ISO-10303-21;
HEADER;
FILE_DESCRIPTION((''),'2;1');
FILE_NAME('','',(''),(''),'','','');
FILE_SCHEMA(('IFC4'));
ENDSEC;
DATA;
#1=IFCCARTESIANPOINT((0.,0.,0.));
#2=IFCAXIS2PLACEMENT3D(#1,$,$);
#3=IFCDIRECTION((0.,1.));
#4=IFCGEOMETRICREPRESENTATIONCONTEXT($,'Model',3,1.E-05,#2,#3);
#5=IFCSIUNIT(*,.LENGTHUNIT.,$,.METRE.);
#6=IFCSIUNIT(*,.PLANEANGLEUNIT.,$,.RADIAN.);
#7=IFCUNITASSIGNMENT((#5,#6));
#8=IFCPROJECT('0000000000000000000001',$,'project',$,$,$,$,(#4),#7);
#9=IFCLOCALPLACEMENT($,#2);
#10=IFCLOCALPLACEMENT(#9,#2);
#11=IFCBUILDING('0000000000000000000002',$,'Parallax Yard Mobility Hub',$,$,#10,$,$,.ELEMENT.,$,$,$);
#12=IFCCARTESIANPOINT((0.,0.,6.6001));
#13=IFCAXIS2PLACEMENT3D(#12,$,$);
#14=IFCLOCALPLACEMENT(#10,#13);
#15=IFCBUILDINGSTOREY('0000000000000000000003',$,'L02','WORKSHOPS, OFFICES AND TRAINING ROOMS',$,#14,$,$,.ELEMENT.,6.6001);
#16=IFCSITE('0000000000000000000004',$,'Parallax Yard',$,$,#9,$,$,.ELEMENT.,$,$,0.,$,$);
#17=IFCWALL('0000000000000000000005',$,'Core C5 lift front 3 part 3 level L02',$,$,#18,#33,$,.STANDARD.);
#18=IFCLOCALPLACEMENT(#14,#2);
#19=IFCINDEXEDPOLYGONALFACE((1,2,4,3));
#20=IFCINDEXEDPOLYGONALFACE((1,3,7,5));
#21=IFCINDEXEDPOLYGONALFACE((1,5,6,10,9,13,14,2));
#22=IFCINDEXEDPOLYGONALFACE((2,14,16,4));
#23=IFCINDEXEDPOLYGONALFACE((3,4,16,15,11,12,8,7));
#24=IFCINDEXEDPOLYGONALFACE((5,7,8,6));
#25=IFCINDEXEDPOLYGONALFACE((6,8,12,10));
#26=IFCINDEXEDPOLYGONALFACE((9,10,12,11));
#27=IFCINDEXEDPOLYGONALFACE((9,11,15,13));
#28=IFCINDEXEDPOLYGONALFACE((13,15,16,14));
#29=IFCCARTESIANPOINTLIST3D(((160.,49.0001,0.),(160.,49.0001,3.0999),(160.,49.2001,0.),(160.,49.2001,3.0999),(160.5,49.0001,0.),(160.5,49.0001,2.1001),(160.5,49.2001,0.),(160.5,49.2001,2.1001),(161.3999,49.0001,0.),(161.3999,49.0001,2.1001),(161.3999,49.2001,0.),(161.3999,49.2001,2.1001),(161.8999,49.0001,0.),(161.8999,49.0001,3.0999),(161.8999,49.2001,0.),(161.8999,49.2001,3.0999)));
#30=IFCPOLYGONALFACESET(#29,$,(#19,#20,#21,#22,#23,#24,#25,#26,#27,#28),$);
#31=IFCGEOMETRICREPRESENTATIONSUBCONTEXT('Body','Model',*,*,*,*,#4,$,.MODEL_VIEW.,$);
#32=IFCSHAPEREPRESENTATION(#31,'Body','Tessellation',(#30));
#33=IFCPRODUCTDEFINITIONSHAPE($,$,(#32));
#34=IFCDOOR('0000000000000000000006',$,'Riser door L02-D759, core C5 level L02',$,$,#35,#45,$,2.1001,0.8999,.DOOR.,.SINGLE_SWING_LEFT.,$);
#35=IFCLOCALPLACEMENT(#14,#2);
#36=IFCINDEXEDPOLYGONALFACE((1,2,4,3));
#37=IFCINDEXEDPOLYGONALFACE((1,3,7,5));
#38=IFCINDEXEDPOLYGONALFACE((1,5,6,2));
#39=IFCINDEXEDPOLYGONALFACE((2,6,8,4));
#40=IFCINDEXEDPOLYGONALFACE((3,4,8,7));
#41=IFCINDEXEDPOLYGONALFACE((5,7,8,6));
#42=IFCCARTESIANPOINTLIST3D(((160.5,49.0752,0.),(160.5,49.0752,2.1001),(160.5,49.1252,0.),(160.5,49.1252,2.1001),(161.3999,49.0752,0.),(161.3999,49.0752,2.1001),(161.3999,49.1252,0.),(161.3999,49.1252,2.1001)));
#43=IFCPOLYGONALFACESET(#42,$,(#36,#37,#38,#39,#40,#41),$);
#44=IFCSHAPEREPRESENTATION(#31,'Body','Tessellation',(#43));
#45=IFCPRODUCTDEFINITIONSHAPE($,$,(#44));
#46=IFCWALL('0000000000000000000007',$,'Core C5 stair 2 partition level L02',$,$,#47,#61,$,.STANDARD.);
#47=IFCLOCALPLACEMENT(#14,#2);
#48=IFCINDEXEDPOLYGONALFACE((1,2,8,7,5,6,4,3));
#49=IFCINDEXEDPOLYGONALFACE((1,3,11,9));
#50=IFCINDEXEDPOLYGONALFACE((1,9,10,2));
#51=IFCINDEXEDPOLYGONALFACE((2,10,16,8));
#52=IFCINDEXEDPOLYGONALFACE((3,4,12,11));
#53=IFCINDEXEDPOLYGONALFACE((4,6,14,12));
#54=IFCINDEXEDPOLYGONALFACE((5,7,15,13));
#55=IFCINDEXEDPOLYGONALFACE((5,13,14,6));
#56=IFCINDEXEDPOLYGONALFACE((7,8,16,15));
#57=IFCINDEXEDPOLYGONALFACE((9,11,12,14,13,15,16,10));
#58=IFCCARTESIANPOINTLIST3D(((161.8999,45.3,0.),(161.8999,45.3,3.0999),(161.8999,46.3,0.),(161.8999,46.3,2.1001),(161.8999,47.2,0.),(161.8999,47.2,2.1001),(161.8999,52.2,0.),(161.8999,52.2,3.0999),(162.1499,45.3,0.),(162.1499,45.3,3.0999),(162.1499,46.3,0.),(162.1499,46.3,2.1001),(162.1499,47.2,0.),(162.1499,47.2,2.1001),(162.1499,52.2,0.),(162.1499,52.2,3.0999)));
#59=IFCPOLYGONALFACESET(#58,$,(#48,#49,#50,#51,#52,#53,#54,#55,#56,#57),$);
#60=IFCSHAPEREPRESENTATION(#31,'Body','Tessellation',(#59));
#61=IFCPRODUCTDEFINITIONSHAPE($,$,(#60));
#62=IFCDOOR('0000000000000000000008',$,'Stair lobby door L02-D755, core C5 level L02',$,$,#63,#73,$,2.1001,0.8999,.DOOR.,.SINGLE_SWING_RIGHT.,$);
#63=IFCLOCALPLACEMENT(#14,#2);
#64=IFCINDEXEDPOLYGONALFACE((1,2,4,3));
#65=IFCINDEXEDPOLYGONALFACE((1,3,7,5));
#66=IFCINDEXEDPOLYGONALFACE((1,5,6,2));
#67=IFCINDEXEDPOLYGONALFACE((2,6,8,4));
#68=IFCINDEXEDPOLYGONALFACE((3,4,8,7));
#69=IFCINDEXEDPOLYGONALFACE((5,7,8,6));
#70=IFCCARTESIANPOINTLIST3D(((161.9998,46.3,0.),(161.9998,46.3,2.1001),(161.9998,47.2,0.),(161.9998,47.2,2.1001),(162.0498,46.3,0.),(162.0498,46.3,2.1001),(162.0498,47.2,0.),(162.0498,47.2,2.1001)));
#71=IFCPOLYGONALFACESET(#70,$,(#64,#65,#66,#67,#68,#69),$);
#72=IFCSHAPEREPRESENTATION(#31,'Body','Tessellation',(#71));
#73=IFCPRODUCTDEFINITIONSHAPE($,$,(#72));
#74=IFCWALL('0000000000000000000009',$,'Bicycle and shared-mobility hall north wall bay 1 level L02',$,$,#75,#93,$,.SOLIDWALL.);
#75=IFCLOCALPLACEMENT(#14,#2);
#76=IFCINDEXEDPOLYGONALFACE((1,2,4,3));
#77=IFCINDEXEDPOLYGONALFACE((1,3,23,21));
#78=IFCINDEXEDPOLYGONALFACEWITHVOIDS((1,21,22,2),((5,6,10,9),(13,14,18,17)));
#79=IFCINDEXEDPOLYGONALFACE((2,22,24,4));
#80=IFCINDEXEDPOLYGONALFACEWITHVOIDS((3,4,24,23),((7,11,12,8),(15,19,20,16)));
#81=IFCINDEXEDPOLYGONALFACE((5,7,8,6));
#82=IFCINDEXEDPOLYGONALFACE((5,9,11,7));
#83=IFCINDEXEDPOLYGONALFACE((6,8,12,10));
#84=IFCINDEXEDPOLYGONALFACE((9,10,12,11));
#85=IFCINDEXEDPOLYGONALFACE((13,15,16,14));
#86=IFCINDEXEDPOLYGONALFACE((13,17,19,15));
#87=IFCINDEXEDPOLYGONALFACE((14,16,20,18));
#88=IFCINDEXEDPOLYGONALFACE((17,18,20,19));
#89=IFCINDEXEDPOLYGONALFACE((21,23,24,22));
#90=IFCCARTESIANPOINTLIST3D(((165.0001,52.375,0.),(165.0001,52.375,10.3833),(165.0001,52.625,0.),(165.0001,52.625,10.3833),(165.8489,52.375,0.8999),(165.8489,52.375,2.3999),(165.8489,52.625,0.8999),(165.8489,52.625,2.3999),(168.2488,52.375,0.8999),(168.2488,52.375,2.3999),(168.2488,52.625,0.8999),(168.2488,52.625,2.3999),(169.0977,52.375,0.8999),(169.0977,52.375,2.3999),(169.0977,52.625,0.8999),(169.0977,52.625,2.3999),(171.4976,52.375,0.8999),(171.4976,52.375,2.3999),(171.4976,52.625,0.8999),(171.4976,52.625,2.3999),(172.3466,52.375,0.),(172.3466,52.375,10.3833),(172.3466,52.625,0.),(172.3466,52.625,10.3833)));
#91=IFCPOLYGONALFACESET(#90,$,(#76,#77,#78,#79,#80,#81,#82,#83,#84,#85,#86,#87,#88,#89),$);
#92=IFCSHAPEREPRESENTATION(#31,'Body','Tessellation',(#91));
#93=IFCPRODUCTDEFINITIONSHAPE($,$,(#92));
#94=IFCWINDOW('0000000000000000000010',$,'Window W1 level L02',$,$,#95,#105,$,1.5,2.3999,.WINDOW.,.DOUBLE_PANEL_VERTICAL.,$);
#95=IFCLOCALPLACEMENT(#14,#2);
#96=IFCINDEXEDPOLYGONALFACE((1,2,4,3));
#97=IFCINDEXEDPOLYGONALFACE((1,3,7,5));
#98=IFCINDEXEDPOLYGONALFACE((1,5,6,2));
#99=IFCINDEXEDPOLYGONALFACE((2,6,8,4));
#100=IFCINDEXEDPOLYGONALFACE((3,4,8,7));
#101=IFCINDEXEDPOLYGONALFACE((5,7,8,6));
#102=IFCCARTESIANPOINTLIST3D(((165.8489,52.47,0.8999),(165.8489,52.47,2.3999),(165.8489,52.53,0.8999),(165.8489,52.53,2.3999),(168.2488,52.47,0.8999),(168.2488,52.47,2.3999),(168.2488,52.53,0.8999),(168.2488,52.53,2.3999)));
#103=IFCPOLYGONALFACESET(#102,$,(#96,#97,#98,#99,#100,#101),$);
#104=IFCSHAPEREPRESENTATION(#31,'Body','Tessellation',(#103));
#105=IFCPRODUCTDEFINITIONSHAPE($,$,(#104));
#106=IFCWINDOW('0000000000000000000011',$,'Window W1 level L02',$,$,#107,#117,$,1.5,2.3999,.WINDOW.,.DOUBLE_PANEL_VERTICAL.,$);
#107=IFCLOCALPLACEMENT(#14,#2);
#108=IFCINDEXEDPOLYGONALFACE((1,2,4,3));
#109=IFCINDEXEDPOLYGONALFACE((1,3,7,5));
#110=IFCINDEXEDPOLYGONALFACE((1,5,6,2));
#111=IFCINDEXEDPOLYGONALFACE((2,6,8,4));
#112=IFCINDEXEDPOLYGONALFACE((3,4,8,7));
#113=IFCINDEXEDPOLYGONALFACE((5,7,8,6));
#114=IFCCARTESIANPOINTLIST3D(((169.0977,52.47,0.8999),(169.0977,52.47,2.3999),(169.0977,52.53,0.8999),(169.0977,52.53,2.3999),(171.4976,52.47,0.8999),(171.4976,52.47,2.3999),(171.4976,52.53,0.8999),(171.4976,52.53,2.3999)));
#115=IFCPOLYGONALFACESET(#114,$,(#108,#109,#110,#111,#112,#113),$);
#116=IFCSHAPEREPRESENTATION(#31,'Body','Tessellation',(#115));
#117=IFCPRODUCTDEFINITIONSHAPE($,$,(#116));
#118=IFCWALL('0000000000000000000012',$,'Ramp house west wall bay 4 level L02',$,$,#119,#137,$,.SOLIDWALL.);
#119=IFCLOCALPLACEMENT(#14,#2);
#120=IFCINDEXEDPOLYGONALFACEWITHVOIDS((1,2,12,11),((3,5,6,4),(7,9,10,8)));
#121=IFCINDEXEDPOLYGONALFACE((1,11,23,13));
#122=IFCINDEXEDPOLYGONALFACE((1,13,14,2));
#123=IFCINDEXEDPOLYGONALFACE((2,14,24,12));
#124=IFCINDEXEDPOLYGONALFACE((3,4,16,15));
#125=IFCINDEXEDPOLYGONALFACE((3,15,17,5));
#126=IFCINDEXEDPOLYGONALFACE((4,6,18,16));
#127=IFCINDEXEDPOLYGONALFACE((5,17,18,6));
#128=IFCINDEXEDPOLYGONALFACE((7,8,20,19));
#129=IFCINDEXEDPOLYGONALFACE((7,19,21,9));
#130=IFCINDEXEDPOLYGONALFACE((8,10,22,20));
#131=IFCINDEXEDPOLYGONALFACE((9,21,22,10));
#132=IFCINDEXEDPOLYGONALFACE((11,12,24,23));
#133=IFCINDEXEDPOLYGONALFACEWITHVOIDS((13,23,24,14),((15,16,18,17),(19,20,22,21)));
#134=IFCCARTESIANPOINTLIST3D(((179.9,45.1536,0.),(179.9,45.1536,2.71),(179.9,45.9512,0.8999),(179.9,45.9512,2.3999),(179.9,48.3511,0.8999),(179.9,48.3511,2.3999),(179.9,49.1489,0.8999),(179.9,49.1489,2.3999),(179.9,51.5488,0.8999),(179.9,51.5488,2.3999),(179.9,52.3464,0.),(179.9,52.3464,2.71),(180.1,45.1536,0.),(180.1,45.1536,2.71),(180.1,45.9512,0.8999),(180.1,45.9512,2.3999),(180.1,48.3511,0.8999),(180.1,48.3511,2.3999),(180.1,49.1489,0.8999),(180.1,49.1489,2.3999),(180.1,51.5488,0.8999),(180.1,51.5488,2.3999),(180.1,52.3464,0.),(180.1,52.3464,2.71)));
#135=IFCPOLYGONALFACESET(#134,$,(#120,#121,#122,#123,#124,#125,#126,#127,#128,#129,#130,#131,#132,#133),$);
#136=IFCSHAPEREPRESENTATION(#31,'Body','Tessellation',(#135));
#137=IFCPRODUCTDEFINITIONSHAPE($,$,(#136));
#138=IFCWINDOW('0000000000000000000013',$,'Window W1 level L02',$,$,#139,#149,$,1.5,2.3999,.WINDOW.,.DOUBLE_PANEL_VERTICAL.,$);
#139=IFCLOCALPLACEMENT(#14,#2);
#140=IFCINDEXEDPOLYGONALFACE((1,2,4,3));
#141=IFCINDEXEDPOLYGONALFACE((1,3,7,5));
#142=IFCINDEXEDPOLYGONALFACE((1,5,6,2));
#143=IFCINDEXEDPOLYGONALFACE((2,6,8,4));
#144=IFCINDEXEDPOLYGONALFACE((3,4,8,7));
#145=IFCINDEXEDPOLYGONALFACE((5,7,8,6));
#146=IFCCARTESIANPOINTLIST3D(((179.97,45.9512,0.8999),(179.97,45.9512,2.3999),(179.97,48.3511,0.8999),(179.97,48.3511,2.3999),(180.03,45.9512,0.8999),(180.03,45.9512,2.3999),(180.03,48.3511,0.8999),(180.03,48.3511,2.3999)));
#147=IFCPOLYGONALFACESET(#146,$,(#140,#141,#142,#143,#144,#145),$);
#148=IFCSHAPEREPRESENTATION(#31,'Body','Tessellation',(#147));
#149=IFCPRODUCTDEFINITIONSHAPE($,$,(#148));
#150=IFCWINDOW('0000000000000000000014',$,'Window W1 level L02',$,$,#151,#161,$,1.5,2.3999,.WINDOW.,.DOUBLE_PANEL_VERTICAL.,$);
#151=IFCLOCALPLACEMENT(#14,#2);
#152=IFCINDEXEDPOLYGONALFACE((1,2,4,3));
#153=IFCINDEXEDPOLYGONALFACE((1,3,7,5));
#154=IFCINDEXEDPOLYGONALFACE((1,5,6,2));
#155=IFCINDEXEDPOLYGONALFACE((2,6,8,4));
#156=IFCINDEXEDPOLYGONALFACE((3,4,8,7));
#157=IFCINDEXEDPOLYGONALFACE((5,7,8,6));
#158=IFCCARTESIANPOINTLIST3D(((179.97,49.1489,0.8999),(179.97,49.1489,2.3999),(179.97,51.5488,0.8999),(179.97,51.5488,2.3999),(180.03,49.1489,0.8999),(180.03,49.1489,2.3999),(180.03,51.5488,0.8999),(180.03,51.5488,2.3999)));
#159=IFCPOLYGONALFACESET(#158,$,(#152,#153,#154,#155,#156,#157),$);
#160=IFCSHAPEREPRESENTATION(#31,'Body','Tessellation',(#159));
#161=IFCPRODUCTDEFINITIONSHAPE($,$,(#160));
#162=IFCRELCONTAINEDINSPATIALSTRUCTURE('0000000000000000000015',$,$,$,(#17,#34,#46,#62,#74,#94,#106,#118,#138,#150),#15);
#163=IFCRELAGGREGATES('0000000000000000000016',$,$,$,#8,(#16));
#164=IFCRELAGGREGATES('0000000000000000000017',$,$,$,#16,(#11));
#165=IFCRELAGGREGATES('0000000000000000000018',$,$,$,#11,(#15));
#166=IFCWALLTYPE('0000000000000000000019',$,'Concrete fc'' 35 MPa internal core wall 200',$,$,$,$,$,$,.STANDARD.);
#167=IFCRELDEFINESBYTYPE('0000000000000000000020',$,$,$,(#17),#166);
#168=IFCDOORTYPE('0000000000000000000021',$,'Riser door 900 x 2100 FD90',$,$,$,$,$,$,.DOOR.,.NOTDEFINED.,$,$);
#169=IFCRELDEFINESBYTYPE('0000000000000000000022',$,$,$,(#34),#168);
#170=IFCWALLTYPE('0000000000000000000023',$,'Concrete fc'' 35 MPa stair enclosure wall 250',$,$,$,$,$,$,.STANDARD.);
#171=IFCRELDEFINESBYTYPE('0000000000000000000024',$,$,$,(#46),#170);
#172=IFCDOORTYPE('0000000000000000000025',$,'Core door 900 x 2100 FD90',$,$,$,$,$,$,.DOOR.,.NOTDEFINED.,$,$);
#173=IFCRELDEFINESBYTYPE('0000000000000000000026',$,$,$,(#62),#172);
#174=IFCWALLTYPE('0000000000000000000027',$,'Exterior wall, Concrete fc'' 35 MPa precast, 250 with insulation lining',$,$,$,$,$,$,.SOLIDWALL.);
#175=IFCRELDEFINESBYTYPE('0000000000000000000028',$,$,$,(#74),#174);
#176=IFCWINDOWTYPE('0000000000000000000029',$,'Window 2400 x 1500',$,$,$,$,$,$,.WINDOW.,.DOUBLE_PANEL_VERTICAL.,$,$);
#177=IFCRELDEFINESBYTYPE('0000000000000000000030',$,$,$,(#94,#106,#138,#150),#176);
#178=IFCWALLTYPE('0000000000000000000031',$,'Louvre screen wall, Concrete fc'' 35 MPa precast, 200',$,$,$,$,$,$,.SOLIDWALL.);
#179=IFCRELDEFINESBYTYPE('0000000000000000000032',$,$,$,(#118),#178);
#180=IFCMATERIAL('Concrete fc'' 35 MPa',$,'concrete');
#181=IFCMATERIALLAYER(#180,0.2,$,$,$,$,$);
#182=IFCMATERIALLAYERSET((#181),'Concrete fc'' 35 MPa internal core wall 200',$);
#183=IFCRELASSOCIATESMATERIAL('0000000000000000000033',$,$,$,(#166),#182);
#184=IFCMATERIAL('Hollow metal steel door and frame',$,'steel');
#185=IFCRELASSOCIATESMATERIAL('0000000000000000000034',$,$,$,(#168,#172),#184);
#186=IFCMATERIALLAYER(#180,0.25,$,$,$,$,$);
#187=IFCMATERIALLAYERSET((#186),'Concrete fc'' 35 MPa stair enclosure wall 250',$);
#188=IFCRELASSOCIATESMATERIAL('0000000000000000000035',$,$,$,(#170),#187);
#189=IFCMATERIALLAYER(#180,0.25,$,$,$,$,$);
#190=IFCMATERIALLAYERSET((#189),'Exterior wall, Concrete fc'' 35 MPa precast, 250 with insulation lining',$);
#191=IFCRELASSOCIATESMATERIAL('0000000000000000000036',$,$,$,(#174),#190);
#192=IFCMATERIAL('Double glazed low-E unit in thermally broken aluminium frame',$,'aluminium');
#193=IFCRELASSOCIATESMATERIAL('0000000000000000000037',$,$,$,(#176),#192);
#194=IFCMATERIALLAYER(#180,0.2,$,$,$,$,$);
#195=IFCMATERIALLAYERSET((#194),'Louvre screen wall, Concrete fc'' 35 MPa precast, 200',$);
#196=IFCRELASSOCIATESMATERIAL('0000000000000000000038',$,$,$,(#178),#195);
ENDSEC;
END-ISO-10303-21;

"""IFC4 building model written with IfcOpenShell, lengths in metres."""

from ifc_helpers import new_model, si_unit, direction, frame, frame_2d, origin, place, context, subcontext, project, spatial, polyline, rectangle, outline, extrude, material, layer, layer_set, type_object, element, fill, save


model = new_model("IFC4")

# Units and contexts
model_context = context("Model", 3, precision=1e-05, world=origin(), true_north=direction((0.0, 1.0)))
body_context = subcontext(model_context, "Body", "Model", "MODEL_VIEW")
ifc_project = project(units=[si_unit("LENGTHUNIT", "METRE"), si_unit("PLANEANGLEUNIT", "RADIAN")], contexts=[model_context])

# Site, building, storey
site_placement = place(None, origin())
site = spatial("IfcSite", under=ifc_project, at=site_placement, Name="Parallax Yard", CompositionType="ELEMENT", RefElevation=0.0)
building_placement = place(site_placement, origin())
building = spatial("IfcBuilding", under=site, at=building_placement, Name="Parallax Yard Mobility Hub", CompositionType="ELEMENT")
storey_placement = place(building_placement, frame((0.0, 0.0, 6.6001)))
storey = spatial("IfcBuildingStorey", under=building, at=storey_placement, Name="L02", Description="WORKSHOPS, OFFICES AND TRAINING ROOMS", CompositionType="ELEMENT", Elevation=6.6001)

# Shared definitions
ifc_material_1 = material(Name="Concrete fc' 35 MPa", Category="concrete")

# Walls, openings, doors
ifc_layer_1 = layer(ifc_material_1, 0.2)
ifc_layer_set_1 = layer_set([ifc_layer_1], Name="Concrete fc' 35 MPa internal core wall 200")
wall_type_1 = type_object("IfcWallType", Name="Concrete fc' 35 MPa internal core wall 200", PredefinedType="STANDARD", material=ifc_layer_set_1)
wall_1_placement = place(storey_placement, frame((161.8999, 49.1001, 0.0), z_axis=(0.0, 0.0, 1.0), x_axis=(-1.0, 0.0, 0.0)))
wall_1 = element("IfcWall", 1, at=wall_1_placement, inside=storey, type_object=wall_type_1, Name="Core C5 lift front 3 part 3 level L02", PredefinedType="STANDARD", context=body_context, shape_type="SweptSolid", body=[
    extrude(rectangle(XDim=1.8999, YDim=0.2, at=frame_2d((0.95, 0.0))), origin(), (0.0, 0.0, 1.0), 3.0999),
])
opening_1_placement = place(wall_1_placement, frame((0.5, 0.0, 0.0)))
opening_1 = element("IfcOpeningElement", 2, at=opening_1_placement, cuts=wall_1, PredefinedType="OPENING", context=body_context, shape_type="SweptSolid", body=[
    extrude(rectangle(XDim=0.8999, YDim=2.1001, at=frame_2d((0.45, 1.05))), frame((0.0, 0.1099, 0.0), z_axis=(0.0, -1.0, 0.0), x_axis=(1.0, 0.0, 0.0)), (0.0, 0.0, 1.0), 0.22),
])
ifc_material_2 = material(Name="Hollow metal steel door and frame", Category="steel")
door_type_1 = type_object("IfcDoorType", Name="Riser door 900 x 2100 FD90", OperationType="NOTDEFINED", PredefinedType="DOOR", material=ifc_material_2)
door_1_placement = place(opening_1_placement, origin())
door_1 = element("IfcDoor", 3, at=door_1_placement, inside=storey, type_object=door_type_1, Name="Riser door L02-D759, core C5 level L02", OperationType="SINGLE_SWING_LEFT", OverallHeight=2.1001, OverallWidth=0.8999, PredefinedType="DOOR", context=body_context, shape_type="SweptSolid", body=[
    extrude(rectangle(XDim=0.8999, YDim=2.1001, at=frame_2d((0.45, 1.05))), frame((0.0, 0.0249, 0.0), z_axis=(0.0, -1.0, 0.0), x_axis=(1.0, 0.0, 0.0)), (0.0, 0.0, 1.0), 0.05),
])
fill(opening_1, door_1)
ifc_layer_2 = layer(ifc_material_1, 0.25)
ifc_layer_set_2 = layer_set([ifc_layer_2], Name="Concrete fc' 35 MPa stair enclosure wall 250")
wall_type_2 = type_object("IfcWallType", Name="Concrete fc' 35 MPa stair enclosure wall 250", PredefinedType="STANDARD", material=ifc_layer_set_2)
wall_2_placement = place(storey_placement, frame((162.0249, 52.2, 0.0), z_axis=(0.0, 0.0, 1.0), x_axis=(0.0, -1.0, 0.0)))
wall_2 = element("IfcWall", 4, at=wall_2_placement, inside=storey, type_object=wall_type_2, Name="Core C5 stair 2 partition level L02", PredefinedType="STANDARD", context=body_context, shape_type="SweptSolid", body=[
    extrude(outline(polyline([(0.0, 0.0), (6.8999, 0.0), (6.8999, 3.0999), (0.0, 3.0999), (0.0, 0.0)])), frame((0.0, 0.125, 0.0), z_axis=(0.0, -1.0, 0.0), x_axis=(1.0, 0.0, 0.0)), (0.0, 0.0, 1.0), 0.25),
])
opening_2_placement = place(wall_2_placement, frame((5.0, 0.0, 0.0)))
opening_2 = element("IfcOpeningElement", 5, at=opening_2_placement, cuts=wall_2, PredefinedType="OPENING", context=body_context, shape_type="SweptSolid", body=[
    extrude(rectangle(XDim=0.8999, YDim=2.1001, at=frame_2d((0.45, 1.05))), frame((0.0, 0.135, 0.0), z_axis=(0.0, -1.0, 0.0), x_axis=(1.0, 0.0, 0.0)), (0.0, 0.0, 1.0), 0.27),
])
door_type_2 = type_object("IfcDoorType", Name="Core door 900 x 2100 FD90", OperationType="NOTDEFINED", PredefinedType="DOOR", material=ifc_material_2)
door_2_placement = place(opening_2_placement, origin())
door_2 = element("IfcDoor", 6, at=door_2_placement, inside=storey, type_object=door_type_2, Name="Stair lobby door L02-D755, core C5 level L02", OperationType="SINGLE_SWING_RIGHT", OverallHeight=2.1001, OverallWidth=0.8999, PredefinedType="DOOR", context=body_context, shape_type="SweptSolid", body=[
    extrude(rectangle(XDim=0.8999, YDim=2.1001, at=frame_2d((0.45, 1.05))), frame((0.0, 0.0249, 0.0), z_axis=(0.0, -1.0, 0.0), x_axis=(1.0, 0.0, 0.0)), (0.0, 0.0, 1.0), 0.05),
])
fill(opening_2, door_2)

# Walls, openings, windows
ifc_layer_3 = layer(ifc_material_1, 0.25)
ifc_layer_set_3 = layer_set([ifc_layer_3], Name="Exterior wall, Concrete fc' 35 MPa precast, 250 with insulation lining")
wall_type_3 = type_object("IfcWallType", Name="Exterior wall, Concrete fc' 35 MPa precast, 250 with insulation lining", PredefinedType="SOLIDWALL", material=ifc_layer_set_3)
wall_3_placement = place(storey_placement, frame((165.0, 52.5, 0.0), z_axis=(0.0, 0.0, 1.0), x_axis=(1.0, 0.0, 0.0)))
wall_3 = element("IfcWall", 7, at=wall_3_placement, inside=storey, type_object=wall_type_3, Name="Bicycle and shared-mobility hall north wall bay 1 level L02", PredefinedType="SOLIDWALL", context=body_context, shape_type="SweptSolid", body=[
    extrude(rectangle(XDim=7.3464, YDim=0.25, at=frame_2d((3.6733, 0.0))), origin(), (0.0, 0.0, 1.0), 10.3833),
])
opening_3_placement = place(wall_3_placement, frame((0.8489, 0.0, 0.8999)))
opening_3 = element("IfcOpeningElement", 8, at=opening_3_placement, cuts=wall_3, PredefinedType="OPENING", context=body_context, shape_type="SweptSolid", body=[
    extrude(rectangle(XDim=2.3999, YDim=1.5, at=frame_2d((1.2, 0.75))), frame((0.0, 0.135, 0.0), z_axis=(0.0, -1.0, 0.0), x_axis=(1.0, 0.0, 0.0)), (0.0, 0.0, 1.0), 0.27),
])
opening_4_placement = place(wall_3_placement, frame((4.0977, 0.0, 0.8999)))
opening_4 = element("IfcOpeningElement", 9, at=opening_4_placement, cuts=wall_3, PredefinedType="OPENING", context=body_context, shape_type="SweptSolid", body=[
    extrude(rectangle(XDim=2.3999, YDim=1.5, at=frame_2d((1.2, 0.75))), frame((0.0, 0.135, 0.0), z_axis=(0.0, -1.0, 0.0), x_axis=(1.0, 0.0, 0.0)), (0.0, 0.0, 1.0), 0.27),
])
ifc_material_3 = material(Name="Double glazed low-E unit in thermally broken aluminium frame", Category="aluminium")
window_type = type_object("IfcWindowType", Name="Window 2400 x 1500", PartitioningType="DOUBLE_PANEL_VERTICAL", PredefinedType="WINDOW", material=ifc_material_3)
window_1_placement = place(opening_3_placement, origin())
window_1 = element("IfcWindow", 10, at=window_1_placement, inside=storey, type_object=window_type, Name="Window W1 level L02", OverallHeight=1.5, OverallWidth=2.3999, PartitioningType="DOUBLE_PANEL_VERTICAL", PredefinedType="WINDOW", context=body_context, shape_type="SweptSolid", body=[
    extrude(rectangle(XDim=2.3999, YDim=1.5, at=frame_2d((1.2, 0.75))), frame((0.0, 0.03, 0.0), z_axis=(0.0, -1.0, 0.0), x_axis=(1.0, 0.0, 0.0)), (0.0, 0.0, 1.0), 0.0601),
])
fill(opening_3, window_1)
window_2_placement = place(opening_4_placement, origin())
window_2 = element("IfcWindow", 11, at=window_2_placement, inside=storey, type_object=window_type, Name="Window W1 level L02", OverallHeight=1.5, OverallWidth=2.3999, PartitioningType="DOUBLE_PANEL_VERTICAL", PredefinedType="WINDOW", context=body_context, shape_type="SweptSolid", body=[
    extrude(rectangle(XDim=2.3999, YDim=1.5, at=frame_2d((1.2, 0.75))), frame((0.0, 0.03, 0.0), z_axis=(0.0, -1.0, 0.0), x_axis=(1.0, 0.0, 0.0)), (0.0, 0.0, 1.0), 0.0601),
])
fill(opening_4, window_2)
ifc_layer_4 = layer(ifc_material_1, 0.2)
ifc_layer_set_4 = layer_set([ifc_layer_4], Name="Louvre screen wall, Concrete fc' 35 MPa precast, 200")
wall_type_4 = type_object("IfcWallType", Name="Louvre screen wall, Concrete fc' 35 MPa precast, 200", PredefinedType="SOLIDWALL", material=ifc_layer_set_4)
wall_4_placement = place(storey_placement, frame((180.0, 45.1536, 0.0), z_axis=(0.0, 0.0, 1.0), x_axis=(0.0, 1.0, 0.0)))
wall_4 = element("IfcWall", 12, at=wall_4_placement, inside=storey, type_object=wall_type_4, Name="Ramp house west wall bay 4 level L02", PredefinedType="SOLIDWALL", context=body_context, shape_type="SweptSolid", body=[
    extrude(rectangle(XDim=7.1929, YDim=0.2, at=frame_2d((3.5964, 0.0))), origin(), (0.0, 0.0, 1.0), 2.71),
])
opening_5_placement = place(wall_4_placement, frame((0.7976, 0.0, 0.8999)))
opening_5 = element("IfcOpeningElement", 13, at=opening_5_placement, cuts=wall_4, PredefinedType="OPENING", context=body_context, shape_type="SweptSolid", body=[
    extrude(rectangle(XDim=2.3999, YDim=1.5, at=frame_2d((1.2, 0.75))), frame((0.0, 0.1099, 0.0), z_axis=(0.0, -1.0, 0.0), x_axis=(1.0, 0.0, 0.0)), (0.0, 0.0, 1.0), 0.22),
])
opening_6_placement = place(wall_4_placement, frame((3.9954, 0.0, 0.8999)))
opening_6 = element("IfcOpeningElement", 14, at=opening_6_placement, cuts=wall_4, PredefinedType="OPENING", context=body_context, shape_type="SweptSolid", body=[
    extrude(rectangle(XDim=2.3999, YDim=1.5, at=frame_2d((1.2, 0.75))), frame((0.0, 0.1099, 0.0), z_axis=(0.0, -1.0, 0.0), x_axis=(1.0, 0.0, 0.0)), (0.0, 0.0, 1.0), 0.22),
])
window_3_placement = place(opening_5_placement, origin())
window_3 = element("IfcWindow", 15, at=window_3_placement, inside=storey, type_object=window_type, Name="Window W1 level L02", OverallHeight=1.5, OverallWidth=2.3999, PartitioningType="DOUBLE_PANEL_VERTICAL", PredefinedType="WINDOW", context=body_context, shape_type="SweptSolid", body=[
    extrude(rectangle(XDim=2.3999, YDim=1.5, at=frame_2d((1.2, 0.75))), frame((0.0, 0.03, 0.0), z_axis=(0.0, -1.0, 0.0), x_axis=(1.0, 0.0, 0.0)), (0.0, 0.0, 1.0), 0.0601),
])
fill(opening_5, window_3)
window_4_placement = place(opening_6_placement, origin())
window_4 = element("IfcWindow", 16, at=window_4_placement, inside=storey, type_object=window_type, Name="Window W1 level L02", OverallHeight=1.5, OverallWidth=2.3999, PartitioningType="DOUBLE_PANEL_VERTICAL", PredefinedType="WINDOW", context=body_context, shape_type="SweptSolid", body=[
    extrude(rectangle(XDim=2.3999, YDim=1.5, at=frame_2d((1.2, 0.75))), frame((0.0, 0.03, 0.0), z_axis=(0.0, -1.0, 0.0), x_axis=(1.0, 0.0, 0.0)), (0.0, 0.0, 1.0), 0.0601),
])
fill(opening_6, window_4)

save(model, "model.ifc")
